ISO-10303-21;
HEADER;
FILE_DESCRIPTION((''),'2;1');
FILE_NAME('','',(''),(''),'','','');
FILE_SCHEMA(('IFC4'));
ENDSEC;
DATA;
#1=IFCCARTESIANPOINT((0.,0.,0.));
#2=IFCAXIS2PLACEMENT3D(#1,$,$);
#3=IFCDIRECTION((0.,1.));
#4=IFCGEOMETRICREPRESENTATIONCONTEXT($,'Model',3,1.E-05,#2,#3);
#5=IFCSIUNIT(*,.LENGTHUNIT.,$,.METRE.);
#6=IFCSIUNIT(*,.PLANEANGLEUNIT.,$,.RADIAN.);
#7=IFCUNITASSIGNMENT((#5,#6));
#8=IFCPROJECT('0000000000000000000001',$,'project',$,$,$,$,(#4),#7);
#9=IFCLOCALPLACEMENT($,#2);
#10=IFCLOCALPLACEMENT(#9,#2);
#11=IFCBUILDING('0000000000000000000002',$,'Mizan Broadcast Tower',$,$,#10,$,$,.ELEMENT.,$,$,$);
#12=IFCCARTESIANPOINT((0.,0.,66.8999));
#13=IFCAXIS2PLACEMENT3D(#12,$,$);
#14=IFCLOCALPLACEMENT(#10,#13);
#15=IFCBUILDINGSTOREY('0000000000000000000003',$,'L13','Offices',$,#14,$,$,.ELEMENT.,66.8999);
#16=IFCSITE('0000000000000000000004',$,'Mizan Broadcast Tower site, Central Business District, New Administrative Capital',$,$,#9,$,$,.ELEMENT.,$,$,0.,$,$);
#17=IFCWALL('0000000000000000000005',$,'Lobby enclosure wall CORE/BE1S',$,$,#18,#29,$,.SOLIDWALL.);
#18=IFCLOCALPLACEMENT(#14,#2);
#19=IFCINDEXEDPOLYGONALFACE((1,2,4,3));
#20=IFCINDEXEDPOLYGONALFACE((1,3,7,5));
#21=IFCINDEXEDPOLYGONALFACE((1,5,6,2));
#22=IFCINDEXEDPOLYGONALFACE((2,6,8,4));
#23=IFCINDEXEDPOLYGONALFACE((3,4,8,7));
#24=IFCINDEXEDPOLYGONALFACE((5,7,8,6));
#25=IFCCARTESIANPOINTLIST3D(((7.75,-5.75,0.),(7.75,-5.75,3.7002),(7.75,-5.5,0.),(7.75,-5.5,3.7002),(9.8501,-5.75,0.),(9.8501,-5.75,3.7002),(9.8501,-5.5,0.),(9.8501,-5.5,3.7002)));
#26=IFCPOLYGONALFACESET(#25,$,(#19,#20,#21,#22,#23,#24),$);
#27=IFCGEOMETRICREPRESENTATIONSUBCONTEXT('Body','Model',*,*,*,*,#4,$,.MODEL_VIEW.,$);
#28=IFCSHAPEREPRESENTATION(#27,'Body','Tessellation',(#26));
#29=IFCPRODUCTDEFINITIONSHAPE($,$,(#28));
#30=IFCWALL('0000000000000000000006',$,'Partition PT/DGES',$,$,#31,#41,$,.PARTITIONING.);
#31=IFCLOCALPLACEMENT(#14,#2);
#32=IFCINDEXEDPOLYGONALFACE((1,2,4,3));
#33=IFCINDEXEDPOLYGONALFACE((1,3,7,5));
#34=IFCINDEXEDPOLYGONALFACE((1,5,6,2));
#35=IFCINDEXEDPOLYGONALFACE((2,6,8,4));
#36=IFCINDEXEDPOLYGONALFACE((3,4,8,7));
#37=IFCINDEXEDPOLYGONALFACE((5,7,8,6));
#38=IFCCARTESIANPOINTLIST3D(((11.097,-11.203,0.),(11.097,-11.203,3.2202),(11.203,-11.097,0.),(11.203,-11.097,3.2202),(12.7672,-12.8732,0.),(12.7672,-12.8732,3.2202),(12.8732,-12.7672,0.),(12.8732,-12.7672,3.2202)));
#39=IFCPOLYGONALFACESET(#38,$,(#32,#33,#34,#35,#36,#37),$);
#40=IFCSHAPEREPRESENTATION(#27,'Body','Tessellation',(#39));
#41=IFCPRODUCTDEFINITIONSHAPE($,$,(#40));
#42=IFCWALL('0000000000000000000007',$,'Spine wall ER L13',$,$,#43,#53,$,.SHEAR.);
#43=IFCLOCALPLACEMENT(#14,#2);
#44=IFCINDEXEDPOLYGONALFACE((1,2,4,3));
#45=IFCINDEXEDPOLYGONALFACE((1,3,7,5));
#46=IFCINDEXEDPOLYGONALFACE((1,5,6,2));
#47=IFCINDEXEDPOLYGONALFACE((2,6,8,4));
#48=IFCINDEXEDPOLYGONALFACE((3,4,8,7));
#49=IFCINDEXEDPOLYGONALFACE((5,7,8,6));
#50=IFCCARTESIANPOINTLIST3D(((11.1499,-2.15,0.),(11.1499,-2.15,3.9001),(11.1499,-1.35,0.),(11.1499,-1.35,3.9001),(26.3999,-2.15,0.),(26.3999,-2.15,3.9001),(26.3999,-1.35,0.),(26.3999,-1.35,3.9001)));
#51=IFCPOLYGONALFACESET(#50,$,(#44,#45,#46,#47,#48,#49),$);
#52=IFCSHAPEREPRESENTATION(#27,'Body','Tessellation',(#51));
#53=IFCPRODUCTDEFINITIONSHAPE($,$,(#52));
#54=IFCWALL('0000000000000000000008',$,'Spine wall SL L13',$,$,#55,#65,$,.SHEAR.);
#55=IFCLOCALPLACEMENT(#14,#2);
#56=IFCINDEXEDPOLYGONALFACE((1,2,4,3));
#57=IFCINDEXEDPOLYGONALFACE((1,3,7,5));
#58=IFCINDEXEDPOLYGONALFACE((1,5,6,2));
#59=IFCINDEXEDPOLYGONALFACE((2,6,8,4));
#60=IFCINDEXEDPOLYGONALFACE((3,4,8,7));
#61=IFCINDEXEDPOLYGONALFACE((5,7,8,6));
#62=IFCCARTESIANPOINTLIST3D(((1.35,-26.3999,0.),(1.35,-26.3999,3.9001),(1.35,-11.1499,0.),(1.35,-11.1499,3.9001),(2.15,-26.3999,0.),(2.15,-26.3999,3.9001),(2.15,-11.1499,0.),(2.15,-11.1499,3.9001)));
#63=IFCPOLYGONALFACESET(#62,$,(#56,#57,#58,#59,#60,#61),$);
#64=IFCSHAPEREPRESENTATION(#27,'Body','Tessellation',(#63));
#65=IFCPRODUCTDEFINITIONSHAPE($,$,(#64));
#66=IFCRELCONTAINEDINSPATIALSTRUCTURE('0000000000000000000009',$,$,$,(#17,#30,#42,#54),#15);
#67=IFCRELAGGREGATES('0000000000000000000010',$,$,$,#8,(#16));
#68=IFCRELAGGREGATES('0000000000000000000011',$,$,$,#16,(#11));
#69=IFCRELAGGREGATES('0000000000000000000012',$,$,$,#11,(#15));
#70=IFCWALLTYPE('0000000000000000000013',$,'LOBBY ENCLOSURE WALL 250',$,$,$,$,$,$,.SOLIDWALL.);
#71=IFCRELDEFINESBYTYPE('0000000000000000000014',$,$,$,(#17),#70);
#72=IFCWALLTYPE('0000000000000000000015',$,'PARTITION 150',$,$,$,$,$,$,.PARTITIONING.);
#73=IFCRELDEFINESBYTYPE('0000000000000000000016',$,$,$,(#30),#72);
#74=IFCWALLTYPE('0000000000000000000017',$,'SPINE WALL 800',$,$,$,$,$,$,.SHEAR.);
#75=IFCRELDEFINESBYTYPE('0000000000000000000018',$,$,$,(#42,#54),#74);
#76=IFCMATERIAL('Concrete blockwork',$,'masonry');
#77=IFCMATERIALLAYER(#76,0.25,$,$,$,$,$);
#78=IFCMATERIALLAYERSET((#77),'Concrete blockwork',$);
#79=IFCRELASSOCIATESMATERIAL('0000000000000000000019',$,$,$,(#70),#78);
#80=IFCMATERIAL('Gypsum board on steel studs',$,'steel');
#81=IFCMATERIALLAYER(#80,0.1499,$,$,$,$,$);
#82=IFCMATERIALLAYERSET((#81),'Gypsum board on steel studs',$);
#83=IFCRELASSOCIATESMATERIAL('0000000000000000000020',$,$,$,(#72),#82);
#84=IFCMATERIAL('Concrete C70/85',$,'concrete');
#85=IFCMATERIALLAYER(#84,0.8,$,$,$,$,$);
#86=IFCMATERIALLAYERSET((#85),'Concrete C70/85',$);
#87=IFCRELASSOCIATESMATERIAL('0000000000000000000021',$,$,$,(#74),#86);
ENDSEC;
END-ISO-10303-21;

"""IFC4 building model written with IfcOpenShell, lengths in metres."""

from ifc_helpers import new_model, si_unit, direction, frame, frame_2d, origin, place, context, subcontext, project, spatial, rectangle, extrude, material, layer, layer_set, type_object, element, save


model = new_model("IFC4")

# Units and contexts
model_context = context("Model", 3, precision=1e-05, world=origin(), true_north=direction((0.0, 1.0)))
body_context = subcontext(model_context, "Body", "Model", "MODEL_VIEW")
ifc_project = project(units=[si_unit("LENGTHUNIT", "METRE"), si_unit("PLANEANGLEUNIT", "RADIAN")], contexts=[model_context])

# Site, building, storey
site_placement = place(None, origin())
site = spatial("IfcSite", under=ifc_project, at=site_placement, Name="Mizan Broadcast Tower site, Central Business District, New Administrative Capital", CompositionType="ELEMENT", RefElevation=0.0)
building_placement = place(site_placement, origin())
building = spatial("IfcBuilding", under=site, at=building_placement, Name="Mizan Broadcast Tower", CompositionType="ELEMENT")
storey_placement = place(building_placement, frame((0.0, 0.0, 66.8999)))
storey = spatial("IfcBuildingStorey", under=building, at=storey_placement, Name="L13", Description="Offices", CompositionType="ELEMENT", Elevation=66.8999)

# Walls
ifc_material_1 = material(Name="Concrete blockwork", Category="masonry")
ifc_layer_1 = layer(ifc_material_1, 0.25)
ifc_layer_set_1 = layer_set([ifc_layer_1], Name="Concrete blockwork")
wall_type_1 = type_object("IfcWallType", Name="LOBBY ENCLOSURE WALL 250", PredefinedType="SOLIDWALL", material=ifc_layer_set_1)
wall_1_placement = place(storey_placement, frame((7.75, -5.625, 0.0), z_axis=(0.0, 0.0, 1.0), x_axis=(1.0, 0.0, 0.0)))
element("IfcWall", 1, at=wall_1_placement, inside=storey, type_object=wall_type_1, Name="Lobby enclosure wall CORE/BE1S", PredefinedType="SOLIDWALL", context=body_context, shape_type="SweptSolid", body=[
    extrude(rectangle(XDim=2.1001, YDim=0.25, at=frame_2d((1.05, 0.0))), origin(), (0.0, 0.0, 1.0), 3.7002),
])
ifc_material_2 = material(Name="Gypsum board on steel studs", Category="steel")
ifc_layer_2 = layer(ifc_material_2, 0.1499)
ifc_layer_set_2 = layer_set([ifc_layer_2], Name="Gypsum board on steel studs")
wall_type_2 = type_object("IfcWallType", Name="PARTITION 150", PredefinedType="PARTITIONING", material=ifc_layer_set_2)
wall_2_placement = place(storey_placement, frame((11.1499, -11.1499, 0.0), z_axis=(0.0, 0.0, 1.0), x_axis=(0.707107, -0.707107, 0.0)))
element("IfcWall", 2, at=wall_2_placement, inside=storey, type_object=wall_type_2, Name="Partition PT/DGES", PredefinedType="PARTITIONING", context=body_context, shape_type="SweptSolid", body=[
    extrude(rectangle(XDim=2.3621, YDim=0.1499, at=frame_2d((1.1812, 0.0))), origin(), (0.0, 0.0, 1.0), 3.2202),
])
ifc_material_3 = material(Name="Concrete C70/85", Category="concrete")
ifc_layer_3 = layer(ifc_material_3, 0.8)
ifc_layer_set_3 = layer_set([ifc_layer_3], Name="Concrete C70/85")
wall_type_3 = type_object("IfcWallType", Name="SPINE WALL 800", PredefinedType="SHEAR", material=ifc_layer_set_3)
for number, where, z_axis, x_axis, name in (
    (3, (11.1499, -1.75, 0.0), (0.0, 0.0, 1.0), (1.0, 0.0, 0.0), "Spine wall ER L13"),
    (4, (1.75, -11.1499, 0.0), (0.0, 0.0, 1.0), (0.0, -1.0, 0.0), "Spine wall SL L13"),
):
    element("IfcWall", number, at=place(storey_placement, frame(where, z_axis=z_axis, x_axis=x_axis)), inside=storey, type_object=wall_type_3, Name=name, PredefinedType="SHEAR", context=body_context, shape_type="SweptSolid", body=[
        extrude(rectangle(XDim=15.25, YDim=0.8, at=frame_2d((7.625, 0.0))), origin(), (0.0, 0.0, 1.0), 3.9001),
    ])

save(model, "model.ifc")
